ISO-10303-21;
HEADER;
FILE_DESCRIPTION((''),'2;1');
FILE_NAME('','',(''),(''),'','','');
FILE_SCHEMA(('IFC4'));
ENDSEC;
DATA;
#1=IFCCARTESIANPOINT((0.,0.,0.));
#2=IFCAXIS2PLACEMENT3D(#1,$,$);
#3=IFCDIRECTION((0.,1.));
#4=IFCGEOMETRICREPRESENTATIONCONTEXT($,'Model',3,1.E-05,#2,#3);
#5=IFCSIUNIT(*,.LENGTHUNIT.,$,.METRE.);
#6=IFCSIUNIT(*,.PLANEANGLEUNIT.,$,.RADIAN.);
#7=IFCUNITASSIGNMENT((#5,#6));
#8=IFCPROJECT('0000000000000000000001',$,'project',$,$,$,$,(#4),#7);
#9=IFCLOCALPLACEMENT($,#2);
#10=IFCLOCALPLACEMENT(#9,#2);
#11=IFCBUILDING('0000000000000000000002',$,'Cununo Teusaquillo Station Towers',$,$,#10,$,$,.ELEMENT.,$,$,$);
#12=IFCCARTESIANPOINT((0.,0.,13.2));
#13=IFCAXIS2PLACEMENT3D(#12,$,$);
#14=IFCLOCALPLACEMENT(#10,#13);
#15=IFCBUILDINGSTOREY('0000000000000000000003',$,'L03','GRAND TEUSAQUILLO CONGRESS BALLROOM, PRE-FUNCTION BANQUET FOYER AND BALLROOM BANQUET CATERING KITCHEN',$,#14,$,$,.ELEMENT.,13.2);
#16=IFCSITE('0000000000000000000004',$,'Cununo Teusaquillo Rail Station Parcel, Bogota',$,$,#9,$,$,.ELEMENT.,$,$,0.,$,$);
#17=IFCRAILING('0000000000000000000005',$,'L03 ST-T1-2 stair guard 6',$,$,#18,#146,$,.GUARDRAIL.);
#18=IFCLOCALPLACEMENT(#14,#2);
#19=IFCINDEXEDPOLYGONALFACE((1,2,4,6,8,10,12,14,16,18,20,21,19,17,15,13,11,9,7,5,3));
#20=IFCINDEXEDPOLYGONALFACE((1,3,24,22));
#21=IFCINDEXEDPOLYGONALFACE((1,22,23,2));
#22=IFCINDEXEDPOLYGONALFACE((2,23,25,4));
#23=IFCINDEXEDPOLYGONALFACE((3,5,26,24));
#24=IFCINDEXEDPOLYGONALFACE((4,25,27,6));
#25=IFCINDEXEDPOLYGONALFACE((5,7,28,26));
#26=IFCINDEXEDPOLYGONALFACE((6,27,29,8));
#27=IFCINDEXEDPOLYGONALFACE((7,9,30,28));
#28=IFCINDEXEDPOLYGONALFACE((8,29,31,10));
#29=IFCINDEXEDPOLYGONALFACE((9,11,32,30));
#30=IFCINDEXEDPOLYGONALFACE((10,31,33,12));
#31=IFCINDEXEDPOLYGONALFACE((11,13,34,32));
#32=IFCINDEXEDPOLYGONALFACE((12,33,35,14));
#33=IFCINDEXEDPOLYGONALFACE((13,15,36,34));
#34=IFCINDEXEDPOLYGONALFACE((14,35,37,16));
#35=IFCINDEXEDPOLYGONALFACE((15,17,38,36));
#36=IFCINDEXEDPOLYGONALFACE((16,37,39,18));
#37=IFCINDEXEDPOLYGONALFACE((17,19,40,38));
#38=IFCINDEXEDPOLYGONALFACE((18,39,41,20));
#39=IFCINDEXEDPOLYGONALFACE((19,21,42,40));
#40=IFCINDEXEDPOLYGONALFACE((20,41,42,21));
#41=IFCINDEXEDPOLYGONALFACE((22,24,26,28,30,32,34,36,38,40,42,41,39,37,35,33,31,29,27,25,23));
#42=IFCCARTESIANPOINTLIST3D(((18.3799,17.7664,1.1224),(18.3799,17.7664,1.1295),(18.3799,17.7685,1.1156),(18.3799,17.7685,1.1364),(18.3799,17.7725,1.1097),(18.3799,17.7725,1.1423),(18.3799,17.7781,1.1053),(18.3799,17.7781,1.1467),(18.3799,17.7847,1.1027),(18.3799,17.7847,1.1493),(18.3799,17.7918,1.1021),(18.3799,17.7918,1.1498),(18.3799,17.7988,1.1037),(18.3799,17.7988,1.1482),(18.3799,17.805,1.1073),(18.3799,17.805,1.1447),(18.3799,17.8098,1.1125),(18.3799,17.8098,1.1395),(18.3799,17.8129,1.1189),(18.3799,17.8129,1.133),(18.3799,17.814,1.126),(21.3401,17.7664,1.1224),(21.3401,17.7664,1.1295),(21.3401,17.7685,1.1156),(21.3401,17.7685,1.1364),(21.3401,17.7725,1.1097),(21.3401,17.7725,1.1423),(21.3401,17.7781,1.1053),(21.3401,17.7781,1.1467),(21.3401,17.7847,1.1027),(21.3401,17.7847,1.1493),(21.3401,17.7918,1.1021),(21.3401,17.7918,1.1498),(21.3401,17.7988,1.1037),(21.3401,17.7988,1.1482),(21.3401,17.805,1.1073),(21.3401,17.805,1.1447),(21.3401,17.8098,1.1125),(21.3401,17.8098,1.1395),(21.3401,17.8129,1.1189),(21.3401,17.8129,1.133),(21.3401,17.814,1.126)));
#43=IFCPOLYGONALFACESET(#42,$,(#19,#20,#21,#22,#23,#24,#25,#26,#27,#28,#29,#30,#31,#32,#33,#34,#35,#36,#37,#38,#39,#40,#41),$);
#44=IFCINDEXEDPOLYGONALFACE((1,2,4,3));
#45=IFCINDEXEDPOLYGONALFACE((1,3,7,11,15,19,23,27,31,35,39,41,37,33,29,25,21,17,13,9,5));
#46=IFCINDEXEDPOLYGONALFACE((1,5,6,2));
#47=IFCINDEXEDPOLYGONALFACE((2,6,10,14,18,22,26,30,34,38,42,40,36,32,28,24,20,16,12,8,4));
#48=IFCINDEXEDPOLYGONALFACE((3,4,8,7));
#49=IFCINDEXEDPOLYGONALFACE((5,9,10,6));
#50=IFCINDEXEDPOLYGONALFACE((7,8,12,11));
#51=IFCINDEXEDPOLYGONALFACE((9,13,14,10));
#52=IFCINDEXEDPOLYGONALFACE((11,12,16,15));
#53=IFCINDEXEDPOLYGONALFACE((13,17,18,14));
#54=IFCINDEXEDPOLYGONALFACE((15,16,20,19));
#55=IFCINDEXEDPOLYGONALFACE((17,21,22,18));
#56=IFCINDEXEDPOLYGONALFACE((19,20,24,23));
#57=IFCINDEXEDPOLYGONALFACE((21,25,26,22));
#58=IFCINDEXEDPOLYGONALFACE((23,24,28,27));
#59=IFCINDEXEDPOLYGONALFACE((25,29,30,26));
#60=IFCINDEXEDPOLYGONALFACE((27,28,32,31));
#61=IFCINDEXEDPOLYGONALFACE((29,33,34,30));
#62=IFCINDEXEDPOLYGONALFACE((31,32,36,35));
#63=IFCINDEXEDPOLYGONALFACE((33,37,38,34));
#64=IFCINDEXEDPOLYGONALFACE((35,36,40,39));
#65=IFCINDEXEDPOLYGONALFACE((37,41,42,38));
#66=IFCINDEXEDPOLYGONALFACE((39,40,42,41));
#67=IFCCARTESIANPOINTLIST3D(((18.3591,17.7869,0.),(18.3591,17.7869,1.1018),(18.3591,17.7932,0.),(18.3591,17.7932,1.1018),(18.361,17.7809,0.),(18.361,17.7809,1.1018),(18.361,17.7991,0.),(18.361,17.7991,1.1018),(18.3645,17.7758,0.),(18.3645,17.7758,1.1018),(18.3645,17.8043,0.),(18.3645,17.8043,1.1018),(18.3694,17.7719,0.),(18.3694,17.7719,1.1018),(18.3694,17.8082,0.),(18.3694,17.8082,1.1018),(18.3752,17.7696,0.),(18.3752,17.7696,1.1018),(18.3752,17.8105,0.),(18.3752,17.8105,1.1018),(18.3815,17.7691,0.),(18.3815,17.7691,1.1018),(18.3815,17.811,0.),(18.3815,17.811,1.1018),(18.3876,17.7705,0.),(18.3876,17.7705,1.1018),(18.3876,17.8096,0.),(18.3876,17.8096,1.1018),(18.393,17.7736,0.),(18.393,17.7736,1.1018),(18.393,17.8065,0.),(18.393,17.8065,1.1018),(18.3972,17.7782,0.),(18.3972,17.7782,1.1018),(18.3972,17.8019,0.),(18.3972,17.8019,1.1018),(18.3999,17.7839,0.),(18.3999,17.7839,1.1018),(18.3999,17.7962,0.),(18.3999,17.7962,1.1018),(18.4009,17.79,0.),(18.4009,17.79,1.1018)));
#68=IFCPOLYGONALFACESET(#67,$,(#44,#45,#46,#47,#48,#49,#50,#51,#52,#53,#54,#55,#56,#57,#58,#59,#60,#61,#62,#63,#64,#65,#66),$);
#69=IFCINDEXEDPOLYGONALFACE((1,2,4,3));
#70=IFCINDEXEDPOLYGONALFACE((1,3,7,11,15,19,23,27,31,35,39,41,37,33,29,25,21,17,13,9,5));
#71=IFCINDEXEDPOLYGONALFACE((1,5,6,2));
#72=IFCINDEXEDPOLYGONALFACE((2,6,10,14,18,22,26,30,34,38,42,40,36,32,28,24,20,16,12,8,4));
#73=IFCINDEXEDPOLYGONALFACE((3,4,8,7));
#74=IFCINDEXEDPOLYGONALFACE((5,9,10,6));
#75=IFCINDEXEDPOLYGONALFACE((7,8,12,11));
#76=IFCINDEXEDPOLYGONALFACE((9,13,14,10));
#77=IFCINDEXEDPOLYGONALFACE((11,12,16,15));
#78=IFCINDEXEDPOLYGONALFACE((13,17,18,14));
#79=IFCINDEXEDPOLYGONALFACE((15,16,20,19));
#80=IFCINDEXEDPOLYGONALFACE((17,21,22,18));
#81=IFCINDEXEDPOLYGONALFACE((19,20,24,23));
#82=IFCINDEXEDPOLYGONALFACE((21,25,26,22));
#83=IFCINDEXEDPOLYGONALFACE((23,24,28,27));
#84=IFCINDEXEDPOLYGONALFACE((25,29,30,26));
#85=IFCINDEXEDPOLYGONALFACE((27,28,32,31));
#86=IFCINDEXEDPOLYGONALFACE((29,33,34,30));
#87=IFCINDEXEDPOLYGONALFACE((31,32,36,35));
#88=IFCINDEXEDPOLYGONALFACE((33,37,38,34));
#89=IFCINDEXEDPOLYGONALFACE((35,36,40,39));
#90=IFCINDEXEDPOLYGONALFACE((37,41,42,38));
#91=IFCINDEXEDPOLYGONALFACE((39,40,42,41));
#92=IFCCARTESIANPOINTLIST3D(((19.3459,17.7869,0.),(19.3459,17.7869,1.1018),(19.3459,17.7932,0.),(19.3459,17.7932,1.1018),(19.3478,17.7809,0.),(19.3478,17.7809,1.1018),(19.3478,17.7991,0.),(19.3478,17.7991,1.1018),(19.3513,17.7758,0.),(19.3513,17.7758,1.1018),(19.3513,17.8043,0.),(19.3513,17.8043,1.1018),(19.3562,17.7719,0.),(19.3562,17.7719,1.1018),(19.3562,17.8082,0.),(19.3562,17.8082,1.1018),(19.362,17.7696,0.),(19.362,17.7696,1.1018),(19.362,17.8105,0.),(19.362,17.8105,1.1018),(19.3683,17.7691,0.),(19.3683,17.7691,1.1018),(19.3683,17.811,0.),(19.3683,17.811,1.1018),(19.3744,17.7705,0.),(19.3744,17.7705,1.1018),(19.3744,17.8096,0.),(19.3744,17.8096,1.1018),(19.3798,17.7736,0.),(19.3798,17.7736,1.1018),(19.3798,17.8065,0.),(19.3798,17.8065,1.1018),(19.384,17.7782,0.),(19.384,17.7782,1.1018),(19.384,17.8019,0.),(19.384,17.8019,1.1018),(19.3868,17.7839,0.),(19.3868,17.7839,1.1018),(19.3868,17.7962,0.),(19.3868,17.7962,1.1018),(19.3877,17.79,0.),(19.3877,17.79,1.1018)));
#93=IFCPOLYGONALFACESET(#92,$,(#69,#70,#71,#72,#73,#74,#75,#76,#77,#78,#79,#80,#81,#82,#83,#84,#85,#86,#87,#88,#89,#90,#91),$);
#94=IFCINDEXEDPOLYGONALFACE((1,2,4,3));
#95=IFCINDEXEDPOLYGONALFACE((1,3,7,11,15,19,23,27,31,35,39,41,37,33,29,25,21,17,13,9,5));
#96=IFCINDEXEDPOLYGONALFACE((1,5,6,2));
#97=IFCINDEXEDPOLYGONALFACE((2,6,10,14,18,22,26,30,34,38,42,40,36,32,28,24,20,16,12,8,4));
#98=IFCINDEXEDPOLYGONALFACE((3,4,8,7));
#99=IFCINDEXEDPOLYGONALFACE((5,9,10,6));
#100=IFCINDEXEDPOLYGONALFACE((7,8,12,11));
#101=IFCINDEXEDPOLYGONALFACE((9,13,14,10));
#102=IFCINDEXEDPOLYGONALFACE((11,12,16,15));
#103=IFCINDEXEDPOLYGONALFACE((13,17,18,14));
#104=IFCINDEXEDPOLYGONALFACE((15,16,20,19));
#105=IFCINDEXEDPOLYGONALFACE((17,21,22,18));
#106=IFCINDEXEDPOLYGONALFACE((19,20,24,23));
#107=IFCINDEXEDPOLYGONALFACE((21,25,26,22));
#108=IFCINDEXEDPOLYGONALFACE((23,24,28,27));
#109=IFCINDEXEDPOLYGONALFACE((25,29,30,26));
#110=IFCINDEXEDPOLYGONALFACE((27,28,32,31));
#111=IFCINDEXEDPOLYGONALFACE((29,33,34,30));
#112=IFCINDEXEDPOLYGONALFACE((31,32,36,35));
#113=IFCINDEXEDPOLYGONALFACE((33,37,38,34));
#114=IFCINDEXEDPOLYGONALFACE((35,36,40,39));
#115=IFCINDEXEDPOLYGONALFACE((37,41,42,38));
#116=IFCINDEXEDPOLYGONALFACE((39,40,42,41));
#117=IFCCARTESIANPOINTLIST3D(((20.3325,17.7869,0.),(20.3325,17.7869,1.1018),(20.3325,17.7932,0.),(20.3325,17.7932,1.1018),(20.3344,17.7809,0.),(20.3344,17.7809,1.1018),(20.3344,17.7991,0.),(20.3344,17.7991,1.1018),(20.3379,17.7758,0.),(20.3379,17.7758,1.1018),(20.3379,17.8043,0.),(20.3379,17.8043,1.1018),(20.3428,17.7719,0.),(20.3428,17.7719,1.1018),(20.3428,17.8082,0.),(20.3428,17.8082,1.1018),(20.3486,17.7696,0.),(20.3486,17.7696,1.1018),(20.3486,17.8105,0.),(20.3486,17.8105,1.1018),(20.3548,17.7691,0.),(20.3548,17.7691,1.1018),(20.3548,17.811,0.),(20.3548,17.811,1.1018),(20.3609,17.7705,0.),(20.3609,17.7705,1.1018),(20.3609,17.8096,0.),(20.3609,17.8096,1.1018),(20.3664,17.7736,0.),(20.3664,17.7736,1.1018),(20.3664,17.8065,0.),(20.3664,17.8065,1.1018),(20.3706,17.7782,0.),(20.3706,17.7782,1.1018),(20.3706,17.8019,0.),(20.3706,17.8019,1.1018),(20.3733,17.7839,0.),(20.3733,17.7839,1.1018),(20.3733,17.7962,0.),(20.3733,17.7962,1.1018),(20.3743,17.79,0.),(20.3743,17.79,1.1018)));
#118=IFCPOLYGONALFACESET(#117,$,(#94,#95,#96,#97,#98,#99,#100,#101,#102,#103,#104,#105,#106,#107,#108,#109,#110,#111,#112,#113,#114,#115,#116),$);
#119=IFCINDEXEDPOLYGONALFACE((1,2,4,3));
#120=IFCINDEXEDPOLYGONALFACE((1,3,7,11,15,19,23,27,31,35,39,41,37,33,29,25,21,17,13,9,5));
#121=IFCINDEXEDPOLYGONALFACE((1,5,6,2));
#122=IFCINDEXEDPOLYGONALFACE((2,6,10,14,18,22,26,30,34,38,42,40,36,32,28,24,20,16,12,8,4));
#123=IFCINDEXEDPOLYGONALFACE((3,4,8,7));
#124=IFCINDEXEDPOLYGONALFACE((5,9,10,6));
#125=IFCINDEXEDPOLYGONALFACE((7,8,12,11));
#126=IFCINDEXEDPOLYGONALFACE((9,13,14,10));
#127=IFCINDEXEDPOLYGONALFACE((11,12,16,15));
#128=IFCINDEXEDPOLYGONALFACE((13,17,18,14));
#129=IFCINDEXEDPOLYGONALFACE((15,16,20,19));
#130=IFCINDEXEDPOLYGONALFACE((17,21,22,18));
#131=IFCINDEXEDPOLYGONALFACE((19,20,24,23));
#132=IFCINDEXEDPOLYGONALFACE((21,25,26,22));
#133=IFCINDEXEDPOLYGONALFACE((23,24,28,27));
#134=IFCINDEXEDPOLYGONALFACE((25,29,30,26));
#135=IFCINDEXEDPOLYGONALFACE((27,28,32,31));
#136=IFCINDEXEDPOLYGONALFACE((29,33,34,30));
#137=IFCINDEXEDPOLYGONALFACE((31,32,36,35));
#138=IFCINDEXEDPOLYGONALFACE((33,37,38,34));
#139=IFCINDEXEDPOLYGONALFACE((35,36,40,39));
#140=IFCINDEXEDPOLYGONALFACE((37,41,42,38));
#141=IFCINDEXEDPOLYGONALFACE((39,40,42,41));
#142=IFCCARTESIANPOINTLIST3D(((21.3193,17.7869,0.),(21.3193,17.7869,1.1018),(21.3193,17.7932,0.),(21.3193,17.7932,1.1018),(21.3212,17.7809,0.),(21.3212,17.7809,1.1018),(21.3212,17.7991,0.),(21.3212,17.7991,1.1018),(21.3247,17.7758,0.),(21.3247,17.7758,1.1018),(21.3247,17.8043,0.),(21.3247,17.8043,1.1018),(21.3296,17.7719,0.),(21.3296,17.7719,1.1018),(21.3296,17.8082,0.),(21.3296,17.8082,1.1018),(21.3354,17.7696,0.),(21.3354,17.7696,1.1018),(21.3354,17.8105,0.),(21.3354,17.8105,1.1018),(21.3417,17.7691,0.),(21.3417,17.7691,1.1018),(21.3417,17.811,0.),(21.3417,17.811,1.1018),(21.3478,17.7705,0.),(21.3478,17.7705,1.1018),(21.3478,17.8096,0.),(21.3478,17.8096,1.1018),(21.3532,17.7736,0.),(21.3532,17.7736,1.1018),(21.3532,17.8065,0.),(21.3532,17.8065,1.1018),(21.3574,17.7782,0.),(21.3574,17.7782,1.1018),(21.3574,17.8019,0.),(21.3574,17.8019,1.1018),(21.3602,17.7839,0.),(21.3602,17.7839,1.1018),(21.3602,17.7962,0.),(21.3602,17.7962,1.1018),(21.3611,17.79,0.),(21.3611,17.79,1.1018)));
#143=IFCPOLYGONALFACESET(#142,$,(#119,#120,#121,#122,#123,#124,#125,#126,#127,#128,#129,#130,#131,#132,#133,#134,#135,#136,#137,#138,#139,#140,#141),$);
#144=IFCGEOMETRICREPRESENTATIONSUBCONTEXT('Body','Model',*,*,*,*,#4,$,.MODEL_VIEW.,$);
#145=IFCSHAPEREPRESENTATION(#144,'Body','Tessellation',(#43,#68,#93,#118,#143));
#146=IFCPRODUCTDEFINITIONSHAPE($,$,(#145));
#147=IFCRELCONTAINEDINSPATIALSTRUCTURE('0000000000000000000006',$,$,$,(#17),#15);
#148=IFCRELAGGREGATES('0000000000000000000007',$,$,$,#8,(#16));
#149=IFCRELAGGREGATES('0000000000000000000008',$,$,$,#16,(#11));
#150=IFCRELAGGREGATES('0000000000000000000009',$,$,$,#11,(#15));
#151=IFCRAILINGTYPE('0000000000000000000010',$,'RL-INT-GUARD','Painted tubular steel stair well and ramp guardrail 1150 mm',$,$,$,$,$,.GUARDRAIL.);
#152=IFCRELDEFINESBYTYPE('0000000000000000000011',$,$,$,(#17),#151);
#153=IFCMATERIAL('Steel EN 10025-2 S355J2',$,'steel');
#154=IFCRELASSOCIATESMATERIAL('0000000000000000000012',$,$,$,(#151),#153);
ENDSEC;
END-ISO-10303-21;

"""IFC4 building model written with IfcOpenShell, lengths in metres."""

from ifc_helpers import new_model, si_unit, direction, frame, origin, origin_2d, place, context, subcontext, project, spatial, circle, extrude, material, type_object, element, save


model = new_model("IFC4")

# Units and contexts
model_context = context("Model", 3, precision=1e-05, world=origin(), true_north=direction((0.0, 1.0)))
body_context = subcontext(model_context, "Body", "Model", "MODEL_VIEW")
ifc_project = project(units=[si_unit("LENGTHUNIT", "METRE"), si_unit("PLANEANGLEUNIT", "RADIAN")], contexts=[model_context])

# Site, building, storey
site_placement = place(None, origin())
site = spatial("IfcSite", under=ifc_project, at=site_placement, Name="Cununo Teusaquillo Rail Station Parcel, Bogota", CompositionType="ELEMENT", RefElevation=0.0)
building_placement = place(site_placement, origin())
building = spatial("IfcBuilding", under=site, at=building_placement, Name="Cununo Teusaquillo Station Towers", CompositionType="ELEMENT")
storey_placement = place(building_placement, frame((0.0, 0.0, 13.2)))
storey = spatial("IfcBuildingStorey", under=building, at=storey_placement, Name="L03", Description="GRAND TEUSAQUILLO CONGRESS BALLROOM, PRE-FUNCTION BANQUET FOYER AND BALLROOM BANQUET CATERING KITCHEN", CompositionType="ELEMENT", Elevation=13.2)

# Railing
ifc_material_1 = material(Name="Steel EN 10025-2 S355J2", Category="steel")
railing_type_1 = type_object("IfcRailingType", Name="RL-INT-GUARD", Description="Painted tubular steel stair well and ramp guardrail 1150 mm", PredefinedType="GUARDRAIL", material=ifc_material_1)
railing_1_placement = place(storey_placement, frame((18.3799, 17.79, 0.0)))
element("IfcRailing", 1, at=railing_1_placement, inside=storey, type_object=railing_type_1, Name="L03 ST-T1-2 stair guard 6", PredefinedType="GUARDRAIL", context=body_context, shape_type="SweptSolid", body=[
    extrude(circle(Radius=0.0239, at=origin_2d()), frame((0.0, 0.0, 1.126), z_axis=(1.0, 0.0, 0.0), x_axis=(0.0, 1.0, 0.0)), (0.0, 0.0, 1.0), 2.9602),
    extrude(circle(Radius=0.021, at=origin_2d()), origin(), (0.0, 0.0, 1.0), 1.1018),
    extrude(circle(Radius=0.021, at=origin_2d()), frame((0.9868, 0.0, 0.0)), (0.0, 0.0, 1.0), 1.1018),
    extrude(circle(Radius=0.021, at=origin_2d()), frame((1.9734, 0.0, 0.0)), (0.0, 0.0, 1.0), 1.1018),
    extrude(circle(Radius=0.021, at=origin_2d()), frame((2.9602, 0.0, 0.0)), (0.0, 0.0, 1.0), 1.1018),
])

save(model, "model.ifc")
